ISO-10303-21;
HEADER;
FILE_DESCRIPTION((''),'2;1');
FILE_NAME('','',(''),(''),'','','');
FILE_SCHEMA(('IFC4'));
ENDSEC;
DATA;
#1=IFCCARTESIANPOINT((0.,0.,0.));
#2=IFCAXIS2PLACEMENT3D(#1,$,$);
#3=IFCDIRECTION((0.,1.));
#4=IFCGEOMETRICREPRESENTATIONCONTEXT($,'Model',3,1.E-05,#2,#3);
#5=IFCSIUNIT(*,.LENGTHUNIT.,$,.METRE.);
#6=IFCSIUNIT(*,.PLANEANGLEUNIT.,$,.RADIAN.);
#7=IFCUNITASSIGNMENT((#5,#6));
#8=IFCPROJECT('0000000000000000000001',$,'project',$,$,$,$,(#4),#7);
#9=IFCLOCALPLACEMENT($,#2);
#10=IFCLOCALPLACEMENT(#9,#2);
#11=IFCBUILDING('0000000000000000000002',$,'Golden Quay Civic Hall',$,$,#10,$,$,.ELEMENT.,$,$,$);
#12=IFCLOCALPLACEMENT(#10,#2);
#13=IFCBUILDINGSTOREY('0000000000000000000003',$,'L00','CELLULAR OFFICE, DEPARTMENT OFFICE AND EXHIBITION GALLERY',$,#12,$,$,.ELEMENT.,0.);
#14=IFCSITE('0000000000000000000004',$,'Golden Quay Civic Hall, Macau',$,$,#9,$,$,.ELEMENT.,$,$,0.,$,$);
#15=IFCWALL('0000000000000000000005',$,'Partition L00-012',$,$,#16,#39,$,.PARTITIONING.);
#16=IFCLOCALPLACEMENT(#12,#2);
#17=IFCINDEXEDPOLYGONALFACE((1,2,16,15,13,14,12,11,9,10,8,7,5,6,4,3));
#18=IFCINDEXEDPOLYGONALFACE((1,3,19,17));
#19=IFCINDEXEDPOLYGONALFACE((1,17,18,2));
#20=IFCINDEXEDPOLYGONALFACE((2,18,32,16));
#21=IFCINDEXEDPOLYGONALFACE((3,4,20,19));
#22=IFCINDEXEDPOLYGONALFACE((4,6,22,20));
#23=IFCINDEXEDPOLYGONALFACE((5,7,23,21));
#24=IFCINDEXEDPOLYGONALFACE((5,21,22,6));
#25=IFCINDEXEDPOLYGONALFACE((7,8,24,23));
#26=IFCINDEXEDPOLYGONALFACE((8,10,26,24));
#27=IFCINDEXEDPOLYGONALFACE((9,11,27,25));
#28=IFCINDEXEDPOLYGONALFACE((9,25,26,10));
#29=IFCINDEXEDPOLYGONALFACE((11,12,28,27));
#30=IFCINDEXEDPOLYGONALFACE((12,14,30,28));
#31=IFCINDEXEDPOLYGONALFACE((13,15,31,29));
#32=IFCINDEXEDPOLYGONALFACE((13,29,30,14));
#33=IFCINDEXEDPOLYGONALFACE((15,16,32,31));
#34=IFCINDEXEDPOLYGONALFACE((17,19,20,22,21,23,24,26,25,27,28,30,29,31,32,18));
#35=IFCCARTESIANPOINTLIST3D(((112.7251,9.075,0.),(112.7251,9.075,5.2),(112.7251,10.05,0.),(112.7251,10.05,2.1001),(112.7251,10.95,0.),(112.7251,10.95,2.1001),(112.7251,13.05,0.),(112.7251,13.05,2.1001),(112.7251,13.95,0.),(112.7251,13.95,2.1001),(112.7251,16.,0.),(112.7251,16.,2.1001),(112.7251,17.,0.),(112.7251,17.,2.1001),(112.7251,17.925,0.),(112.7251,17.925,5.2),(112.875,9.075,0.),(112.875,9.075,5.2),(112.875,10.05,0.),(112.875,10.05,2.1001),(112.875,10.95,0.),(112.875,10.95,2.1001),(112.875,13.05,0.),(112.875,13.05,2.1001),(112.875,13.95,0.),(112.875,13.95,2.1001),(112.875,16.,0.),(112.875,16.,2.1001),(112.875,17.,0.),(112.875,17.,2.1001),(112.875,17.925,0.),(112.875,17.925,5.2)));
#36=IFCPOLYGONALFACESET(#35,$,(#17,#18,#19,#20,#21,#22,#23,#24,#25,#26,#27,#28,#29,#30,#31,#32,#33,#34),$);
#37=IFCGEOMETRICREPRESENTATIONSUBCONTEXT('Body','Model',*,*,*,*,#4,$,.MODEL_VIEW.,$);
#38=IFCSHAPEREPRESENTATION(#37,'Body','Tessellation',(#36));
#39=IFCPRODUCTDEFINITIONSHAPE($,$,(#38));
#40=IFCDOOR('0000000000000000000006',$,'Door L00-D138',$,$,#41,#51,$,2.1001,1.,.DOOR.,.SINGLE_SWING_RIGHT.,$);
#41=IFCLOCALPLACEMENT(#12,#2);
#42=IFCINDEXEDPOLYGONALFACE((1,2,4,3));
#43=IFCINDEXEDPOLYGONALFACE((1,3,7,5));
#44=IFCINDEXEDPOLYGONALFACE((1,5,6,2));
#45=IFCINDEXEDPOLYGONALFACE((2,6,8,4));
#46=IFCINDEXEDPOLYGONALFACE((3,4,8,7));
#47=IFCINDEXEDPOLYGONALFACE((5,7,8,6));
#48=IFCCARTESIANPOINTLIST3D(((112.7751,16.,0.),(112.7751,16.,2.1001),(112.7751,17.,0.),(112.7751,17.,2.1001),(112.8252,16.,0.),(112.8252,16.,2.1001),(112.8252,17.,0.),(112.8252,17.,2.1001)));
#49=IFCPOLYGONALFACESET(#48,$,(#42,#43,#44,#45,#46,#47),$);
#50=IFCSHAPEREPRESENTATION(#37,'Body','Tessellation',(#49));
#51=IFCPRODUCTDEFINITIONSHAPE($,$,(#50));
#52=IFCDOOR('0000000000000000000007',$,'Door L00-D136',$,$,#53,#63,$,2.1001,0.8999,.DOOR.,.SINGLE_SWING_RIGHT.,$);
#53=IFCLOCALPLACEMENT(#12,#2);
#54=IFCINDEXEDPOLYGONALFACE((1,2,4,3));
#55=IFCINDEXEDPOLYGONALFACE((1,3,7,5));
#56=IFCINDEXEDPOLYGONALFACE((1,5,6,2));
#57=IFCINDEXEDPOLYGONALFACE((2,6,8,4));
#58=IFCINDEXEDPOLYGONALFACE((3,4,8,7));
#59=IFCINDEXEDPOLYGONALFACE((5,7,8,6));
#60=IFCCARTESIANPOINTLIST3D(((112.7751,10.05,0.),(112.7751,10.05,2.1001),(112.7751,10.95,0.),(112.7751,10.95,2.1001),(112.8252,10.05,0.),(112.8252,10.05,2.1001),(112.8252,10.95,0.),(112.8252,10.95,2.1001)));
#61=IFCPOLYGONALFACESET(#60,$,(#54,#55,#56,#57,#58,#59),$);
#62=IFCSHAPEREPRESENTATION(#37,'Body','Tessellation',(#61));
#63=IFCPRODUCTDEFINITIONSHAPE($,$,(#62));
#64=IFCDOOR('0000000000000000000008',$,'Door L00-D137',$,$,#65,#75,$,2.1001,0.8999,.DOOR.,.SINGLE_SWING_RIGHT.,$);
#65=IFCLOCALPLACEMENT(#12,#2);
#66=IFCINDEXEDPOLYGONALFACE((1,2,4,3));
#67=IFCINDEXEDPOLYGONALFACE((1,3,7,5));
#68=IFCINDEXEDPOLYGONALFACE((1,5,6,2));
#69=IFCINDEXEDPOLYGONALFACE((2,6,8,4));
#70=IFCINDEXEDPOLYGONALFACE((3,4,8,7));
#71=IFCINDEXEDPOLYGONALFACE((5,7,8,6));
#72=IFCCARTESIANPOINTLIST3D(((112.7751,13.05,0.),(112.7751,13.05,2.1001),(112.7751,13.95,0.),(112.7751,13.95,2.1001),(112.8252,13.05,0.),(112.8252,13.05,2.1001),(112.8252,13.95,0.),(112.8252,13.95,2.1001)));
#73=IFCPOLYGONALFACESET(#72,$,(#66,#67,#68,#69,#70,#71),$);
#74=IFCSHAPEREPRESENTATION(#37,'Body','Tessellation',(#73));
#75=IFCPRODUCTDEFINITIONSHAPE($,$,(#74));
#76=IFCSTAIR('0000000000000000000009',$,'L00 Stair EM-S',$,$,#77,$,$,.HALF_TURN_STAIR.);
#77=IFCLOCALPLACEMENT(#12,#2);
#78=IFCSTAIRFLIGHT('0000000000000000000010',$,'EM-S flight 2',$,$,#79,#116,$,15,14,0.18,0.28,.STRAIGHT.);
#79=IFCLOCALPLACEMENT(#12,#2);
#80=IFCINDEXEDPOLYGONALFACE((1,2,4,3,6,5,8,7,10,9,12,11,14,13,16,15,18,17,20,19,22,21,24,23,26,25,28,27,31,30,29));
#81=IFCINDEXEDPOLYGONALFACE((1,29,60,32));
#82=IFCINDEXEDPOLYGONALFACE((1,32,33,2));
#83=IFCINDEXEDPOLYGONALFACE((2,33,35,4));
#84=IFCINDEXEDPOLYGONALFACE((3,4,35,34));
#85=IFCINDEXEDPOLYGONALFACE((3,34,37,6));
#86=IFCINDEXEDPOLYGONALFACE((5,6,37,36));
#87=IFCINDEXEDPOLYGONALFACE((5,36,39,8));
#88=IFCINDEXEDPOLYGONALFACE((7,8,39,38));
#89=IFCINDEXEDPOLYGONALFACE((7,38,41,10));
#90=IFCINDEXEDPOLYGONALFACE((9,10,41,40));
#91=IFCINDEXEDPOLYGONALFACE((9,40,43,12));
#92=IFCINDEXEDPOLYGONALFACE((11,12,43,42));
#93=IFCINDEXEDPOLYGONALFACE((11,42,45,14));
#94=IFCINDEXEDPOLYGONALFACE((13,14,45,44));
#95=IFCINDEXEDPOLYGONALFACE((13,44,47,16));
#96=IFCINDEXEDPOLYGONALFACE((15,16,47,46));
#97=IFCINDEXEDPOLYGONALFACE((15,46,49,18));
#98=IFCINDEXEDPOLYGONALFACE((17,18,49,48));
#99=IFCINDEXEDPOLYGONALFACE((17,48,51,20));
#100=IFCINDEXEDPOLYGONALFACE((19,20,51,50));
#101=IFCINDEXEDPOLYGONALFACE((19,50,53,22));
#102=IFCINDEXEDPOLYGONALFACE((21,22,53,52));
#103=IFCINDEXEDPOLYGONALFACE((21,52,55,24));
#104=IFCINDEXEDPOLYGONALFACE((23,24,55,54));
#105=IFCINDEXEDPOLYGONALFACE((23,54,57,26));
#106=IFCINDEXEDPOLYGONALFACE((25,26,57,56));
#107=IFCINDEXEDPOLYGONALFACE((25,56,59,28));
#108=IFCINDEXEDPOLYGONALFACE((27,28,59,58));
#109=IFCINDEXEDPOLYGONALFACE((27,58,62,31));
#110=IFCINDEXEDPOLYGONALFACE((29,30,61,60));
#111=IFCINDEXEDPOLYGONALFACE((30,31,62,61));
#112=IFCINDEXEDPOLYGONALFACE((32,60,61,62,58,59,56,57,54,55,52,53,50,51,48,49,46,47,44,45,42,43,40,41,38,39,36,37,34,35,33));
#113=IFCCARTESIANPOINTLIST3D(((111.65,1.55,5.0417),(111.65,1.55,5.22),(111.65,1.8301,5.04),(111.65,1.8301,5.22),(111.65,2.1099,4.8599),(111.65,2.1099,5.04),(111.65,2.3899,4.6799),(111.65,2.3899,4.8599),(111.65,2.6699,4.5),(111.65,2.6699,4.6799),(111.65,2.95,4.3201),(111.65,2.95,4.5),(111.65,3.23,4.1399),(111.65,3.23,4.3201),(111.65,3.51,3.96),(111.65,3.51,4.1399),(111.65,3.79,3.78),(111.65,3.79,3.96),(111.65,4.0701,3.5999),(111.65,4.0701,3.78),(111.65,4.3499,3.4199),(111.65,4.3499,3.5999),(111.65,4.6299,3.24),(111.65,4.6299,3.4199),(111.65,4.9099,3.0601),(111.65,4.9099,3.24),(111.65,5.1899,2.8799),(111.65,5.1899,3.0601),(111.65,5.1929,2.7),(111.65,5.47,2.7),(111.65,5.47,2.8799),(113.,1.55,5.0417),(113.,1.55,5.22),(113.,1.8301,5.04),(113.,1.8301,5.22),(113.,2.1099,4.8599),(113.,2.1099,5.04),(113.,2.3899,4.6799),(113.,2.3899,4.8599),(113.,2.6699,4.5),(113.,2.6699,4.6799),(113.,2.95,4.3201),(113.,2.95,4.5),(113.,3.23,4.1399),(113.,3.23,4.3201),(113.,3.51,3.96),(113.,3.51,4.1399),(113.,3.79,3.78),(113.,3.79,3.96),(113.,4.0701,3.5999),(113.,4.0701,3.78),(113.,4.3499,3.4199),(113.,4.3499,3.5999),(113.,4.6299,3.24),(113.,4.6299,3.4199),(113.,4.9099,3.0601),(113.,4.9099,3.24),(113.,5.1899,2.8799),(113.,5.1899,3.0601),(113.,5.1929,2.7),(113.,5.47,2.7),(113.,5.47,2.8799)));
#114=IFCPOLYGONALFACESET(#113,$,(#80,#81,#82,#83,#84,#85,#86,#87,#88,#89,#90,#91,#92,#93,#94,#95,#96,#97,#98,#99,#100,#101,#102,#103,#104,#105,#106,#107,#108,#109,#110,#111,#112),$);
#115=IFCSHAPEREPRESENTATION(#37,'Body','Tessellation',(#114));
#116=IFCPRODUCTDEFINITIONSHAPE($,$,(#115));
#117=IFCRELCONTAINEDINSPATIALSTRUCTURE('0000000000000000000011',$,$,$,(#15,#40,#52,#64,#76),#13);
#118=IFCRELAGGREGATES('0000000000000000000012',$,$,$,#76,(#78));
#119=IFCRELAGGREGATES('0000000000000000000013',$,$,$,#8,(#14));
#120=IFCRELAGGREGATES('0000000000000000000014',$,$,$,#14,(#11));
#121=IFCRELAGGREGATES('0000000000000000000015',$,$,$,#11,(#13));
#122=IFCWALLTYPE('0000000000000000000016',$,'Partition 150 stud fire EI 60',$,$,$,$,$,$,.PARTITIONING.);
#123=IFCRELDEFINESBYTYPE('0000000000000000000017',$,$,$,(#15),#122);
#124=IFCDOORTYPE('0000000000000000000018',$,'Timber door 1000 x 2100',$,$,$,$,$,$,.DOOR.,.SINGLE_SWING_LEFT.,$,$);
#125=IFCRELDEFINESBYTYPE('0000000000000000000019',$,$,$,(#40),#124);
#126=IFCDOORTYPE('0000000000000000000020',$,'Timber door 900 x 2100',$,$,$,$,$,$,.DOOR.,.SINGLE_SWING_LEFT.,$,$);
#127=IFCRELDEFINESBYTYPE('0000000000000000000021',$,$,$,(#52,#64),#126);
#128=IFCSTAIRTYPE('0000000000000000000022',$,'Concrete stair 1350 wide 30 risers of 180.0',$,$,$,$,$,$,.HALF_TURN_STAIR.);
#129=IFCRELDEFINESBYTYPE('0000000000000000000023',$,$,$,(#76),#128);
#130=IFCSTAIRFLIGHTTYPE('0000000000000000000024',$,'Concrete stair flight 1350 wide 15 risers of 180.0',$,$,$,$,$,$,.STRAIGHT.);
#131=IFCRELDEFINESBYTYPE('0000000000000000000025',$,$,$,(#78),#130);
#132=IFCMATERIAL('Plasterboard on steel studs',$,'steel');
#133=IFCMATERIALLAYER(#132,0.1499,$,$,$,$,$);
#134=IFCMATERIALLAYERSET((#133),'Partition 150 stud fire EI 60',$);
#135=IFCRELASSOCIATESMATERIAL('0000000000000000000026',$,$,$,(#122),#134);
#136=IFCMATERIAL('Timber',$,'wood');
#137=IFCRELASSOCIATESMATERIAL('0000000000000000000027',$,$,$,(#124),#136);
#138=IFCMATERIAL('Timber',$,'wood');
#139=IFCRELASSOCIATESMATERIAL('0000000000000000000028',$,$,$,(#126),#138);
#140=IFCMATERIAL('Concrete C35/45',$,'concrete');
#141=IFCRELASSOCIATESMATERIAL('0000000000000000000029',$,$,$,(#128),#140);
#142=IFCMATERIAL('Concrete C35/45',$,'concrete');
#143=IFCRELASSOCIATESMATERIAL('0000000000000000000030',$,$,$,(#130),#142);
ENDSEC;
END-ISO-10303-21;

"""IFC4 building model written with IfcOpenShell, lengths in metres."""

from ifc_helpers import new_model, si_unit, direction, frame, frame_2d, origin, place, context, subcontext, project, spatial, polyline, rectangle, outline, extrude, material, layer, layer_set, type_object, element, fill, aggregate, save


model = new_model("IFC4")

# Units and contexts
model_context = context("Model", 3, precision=1e-05, world=origin(), true_north=direction((0.0, 1.0)))
body_context = subcontext(model_context, "Body", "Model", "MODEL_VIEW")
ifc_project = project(units=[si_unit("LENGTHUNIT", "METRE"), si_unit("PLANEANGLEUNIT", "RADIAN")], contexts=[model_context])

# Site, building, storey
site_placement = place(None, origin())
site = spatial("IfcSite", under=ifc_project, at=site_placement, Name="Golden Quay Civic Hall, Macau", CompositionType="ELEMENT", RefElevation=0.0)
building_placement = place(site_placement, origin())
building = spatial("IfcBuilding", under=site, at=building_placement, Name="Golden Quay Civic Hall", CompositionType="ELEMENT")
storey_placement = place(building_placement, origin())
storey = spatial("IfcBuildingStorey", under=building, at=storey_placement, Name="L00", Description="CELLULAR OFFICE, DEPARTMENT OFFICE AND EXHIBITION GALLERY", CompositionType="ELEMENT", Elevation=0.0)

# Shared definitions
ifc_material_1 = material(Name="Plasterboard on steel studs", Category="steel")
ifc_layer_1 = layer(ifc_material_1, 0.1499)
ifc_layer_set_1 = layer_set([ifc_layer_1], Name="Partition 150 stud fire EI 60")
wall_type_1 = type_object("IfcWallType", Name="Partition 150 stud fire EI 60", PredefinedType="PARTITIONING", material=ifc_layer_set_1)

# Wall, openings, doors
wall_1_placement = place(storey_placement, frame((112.8, 9.075, 0.0), z_axis=(0.0, 0.0, 1.0), x_axis=(0.0, 1.0, 0.0)))
wall_1 = element("IfcWall", 1, at=wall_1_placement, inside=storey, type_object=wall_type_1, Name="Partition L00-012", PredefinedType="PARTITIONING", context=body_context, shape_type="SweptSolid", body=[
    extrude(rectangle(XDim=8.8501, YDim=0.1499, at=frame_2d((4.425, 0.0))), origin(), (0.0, 0.0, 1.0), 5.2),
])
opening_1_placement = place(wall_1_placement, frame((0.9751, 0.0, 0.0)))
opening_1 = element("IfcOpeningElement", 2, at=opening_1_placement, cuts=wall_1, PredefinedType="OPENING", context=body_context, shape_type="SweptSolid", body=[
    extrude(rectangle(XDim=0.8999, YDim=2.1001, at=frame_2d((0.45, 1.05))), frame((0.0, 0.085, 0.0), z_axis=(0.0, -1.0, 0.0), x_axis=(1.0, 0.0, 0.0)), (0.0, 0.0, 1.0), 0.1699),
])
opening_2_placement = place(wall_1_placement, frame((3.9751, 0.0, 0.0)))
opening_2 = element("IfcOpeningElement", 3, at=opening_2_placement, cuts=wall_1, PredefinedType="OPENING", context=body_context, shape_type="SweptSolid", body=[
    extrude(rectangle(XDim=0.8999, YDim=2.1001, at=frame_2d((0.45, 1.05))), frame((0.0, 0.085, 0.0), z_axis=(0.0, -1.0, 0.0), x_axis=(1.0, 0.0, 0.0)), (0.0, 0.0, 1.0), 0.1699),
])
opening_3_placement = place(wall_1_placement, frame((6.925, 0.0, 0.0)))
opening_3 = element("IfcOpeningElement", 4, at=opening_3_placement, cuts=wall_1, PredefinedType="OPENING", context=body_context, shape_type="SweptSolid", body=[
    extrude(rectangle(XDim=1.0, YDim=2.1001, at=frame_2d((0.5, 1.05))), frame((0.0, 0.085, 0.0), z_axis=(0.0, -1.0, 0.0), x_axis=(1.0, 0.0, 0.0)), (0.0, 0.0, 1.0), 0.1699),
])
ifc_material_2 = material(Name="Timber", Category="wood")
door_type_1 = type_object("IfcDoorType", Name="Timber door 1000 x 2100", OperationType="SINGLE_SWING_LEFT", PredefinedType="DOOR", material=ifc_material_2)
door_1_placement = place(opening_3_placement, frame((1.0, 0.0, 0.0), z_axis=(0.0, 0.0, 1.0), x_axis=(-1.0, 0.0, 0.0)))
door_1 = element("IfcDoor", 5, at=door_1_placement, inside=storey, type_object=door_type_1, Name="Door L00-D138", OperationType="SINGLE_SWING_RIGHT", OverallHeight=2.1001, OverallWidth=1.0, PredefinedType="DOOR", context=body_context, shape_type="SweptSolid", body=[
    extrude(rectangle(XDim=1.0, YDim=2.1001, at=frame_2d((0.5, 1.05))), frame((0.0, 0.0251, 0.0), z_axis=(0.0, -1.0, 0.0), x_axis=(1.0, 0.0, 0.0)), (0.0, 0.0, 1.0), 0.05),
])
fill(opening_3, door_1)
ifc_material_3 = material(Name="Timber", Category="wood")
door_type_2 = type_object("IfcDoorType", Name="Timber door 900 x 2100", OperationType="SINGLE_SWING_LEFT", PredefinedType="DOOR", material=ifc_material_3)
door_2_placement = place(opening_1_placement, frame((0.8999, 0.0, 0.0), z_axis=(0.0, 0.0, 1.0), x_axis=(-1.0, 0.0, 0.0)))
door_2 = element("IfcDoor", 6, at=door_2_placement, inside=storey, type_object=door_type_2, Name="Door L00-D136", OperationType="SINGLE_SWING_RIGHT", OverallHeight=2.1001, OverallWidth=0.8999, PredefinedType="DOOR", context=body_context, shape_type="SweptSolid", body=[
    extrude(rectangle(XDim=0.8999, YDim=2.1001, at=frame_2d((0.45, 1.05))), frame((0.0, 0.0251, 0.0), z_axis=(0.0, -1.0, 0.0), x_axis=(1.0, 0.0, 0.0)), (0.0, 0.0, 1.0), 0.05),
])
fill(opening_1, door_2)
door_3_placement = place(opening_2_placement, frame((0.8999, 0.0, 0.0), z_axis=(0.0, 0.0, 1.0), x_axis=(-1.0, 0.0, 0.0)))
door_3 = element("IfcDoor", 7, at=door_3_placement, inside=storey, type_object=door_type_2, Name="Door L00-D137", OperationType="SINGLE_SWING_RIGHT", OverallHeight=2.1001, OverallWidth=0.8999, PredefinedType="DOOR", context=body_context, shape_type="SweptSolid", body=[
    extrude(rectangle(XDim=0.8999, YDim=2.1001, at=frame_2d((0.45, 1.05))), frame((0.0, 0.0251, 0.0), z_axis=(0.0, -1.0, 0.0), x_axis=(1.0, 0.0, 0.0)), (0.0, 0.0, 1.0), 0.05),
])
fill(opening_2, door_3)

# Stair, stair flight
ifc_material_4 = material(Name="Concrete C35/45", Category="concrete")
stair_type = type_object("IfcStairType", Name="Concrete stair 1350 wide 30 risers of 180.0", PredefinedType="HALF_TURN_STAIR", material=ifc_material_4)
stair_placement = place(storey_placement, origin())
stair = element("IfcStair", 8, at=stair_placement, inside=storey, type_object=stair_type, Name="L00 Stair EM-S", PredefinedType="HALF_TURN_STAIR")
ifc_material_5 = material(Name="Concrete C35/45", Category="concrete")
stair_flight_type = type_object("IfcStairFlightType", Name="Concrete stair flight 1350 wide 15 risers of 180.0", PredefinedType="STRAIGHT", material=ifc_material_5)
stair_flight_placement = place(storey_placement, frame((112.325, 5.47, 2.7), z_axis=(0.0, 0.0, 1.0), x_axis=(0.0, -1.0, 0.0)))
stair_flight = element("IfcStairFlight", 9, at=stair_flight_placement, type_object=stair_flight_type, Name="EM-S flight 2", NumberOfRisers=15, NumberOfTreads=14, PredefinedType="STRAIGHT", RiserHeight=0.18, TreadLength=0.28, context=body_context, shape_type="SweptSolid", body=[
    extrude(outline(polyline([(0.0, 0.0), (0.0, 0.1799), (0.28, 0.1799), (0.28, 0.3601), (0.5601, 0.3601), (0.5601, 0.54), (0.8401, 0.54), (0.8401, 0.72), (1.1201, 0.72), (1.1201, 0.8999), (1.3999, 0.8999), (1.3999, 1.0801), (1.6799, 1.0801), (1.6799, 1.26), (1.96, 1.26), (1.96, 1.4399), (2.24, 1.4399), (2.24, 1.6201), (2.52, 1.6201), (2.52, 1.8), (2.8, 1.8), (2.8, 1.98), (3.0801, 1.98), (3.0801, 2.1599), (3.3601, 2.1599), (3.3601, 2.3401), (3.6399, 2.3401), (3.6399, 2.52), (3.9199, 2.52), (3.9199, 2.7), (3.9199, 2.3418), (0.2771, 0.0), (0.0, 0.0)])), frame((0.0, 0.675, 0.0), z_axis=(0.0, -1.0, 0.0), x_axis=(1.0, 0.0, 0.0)), (0.0, 0.0, 1.0), 1.35),
])
aggregate(stair, [stair_flight])

save(model, "model.ifc")
